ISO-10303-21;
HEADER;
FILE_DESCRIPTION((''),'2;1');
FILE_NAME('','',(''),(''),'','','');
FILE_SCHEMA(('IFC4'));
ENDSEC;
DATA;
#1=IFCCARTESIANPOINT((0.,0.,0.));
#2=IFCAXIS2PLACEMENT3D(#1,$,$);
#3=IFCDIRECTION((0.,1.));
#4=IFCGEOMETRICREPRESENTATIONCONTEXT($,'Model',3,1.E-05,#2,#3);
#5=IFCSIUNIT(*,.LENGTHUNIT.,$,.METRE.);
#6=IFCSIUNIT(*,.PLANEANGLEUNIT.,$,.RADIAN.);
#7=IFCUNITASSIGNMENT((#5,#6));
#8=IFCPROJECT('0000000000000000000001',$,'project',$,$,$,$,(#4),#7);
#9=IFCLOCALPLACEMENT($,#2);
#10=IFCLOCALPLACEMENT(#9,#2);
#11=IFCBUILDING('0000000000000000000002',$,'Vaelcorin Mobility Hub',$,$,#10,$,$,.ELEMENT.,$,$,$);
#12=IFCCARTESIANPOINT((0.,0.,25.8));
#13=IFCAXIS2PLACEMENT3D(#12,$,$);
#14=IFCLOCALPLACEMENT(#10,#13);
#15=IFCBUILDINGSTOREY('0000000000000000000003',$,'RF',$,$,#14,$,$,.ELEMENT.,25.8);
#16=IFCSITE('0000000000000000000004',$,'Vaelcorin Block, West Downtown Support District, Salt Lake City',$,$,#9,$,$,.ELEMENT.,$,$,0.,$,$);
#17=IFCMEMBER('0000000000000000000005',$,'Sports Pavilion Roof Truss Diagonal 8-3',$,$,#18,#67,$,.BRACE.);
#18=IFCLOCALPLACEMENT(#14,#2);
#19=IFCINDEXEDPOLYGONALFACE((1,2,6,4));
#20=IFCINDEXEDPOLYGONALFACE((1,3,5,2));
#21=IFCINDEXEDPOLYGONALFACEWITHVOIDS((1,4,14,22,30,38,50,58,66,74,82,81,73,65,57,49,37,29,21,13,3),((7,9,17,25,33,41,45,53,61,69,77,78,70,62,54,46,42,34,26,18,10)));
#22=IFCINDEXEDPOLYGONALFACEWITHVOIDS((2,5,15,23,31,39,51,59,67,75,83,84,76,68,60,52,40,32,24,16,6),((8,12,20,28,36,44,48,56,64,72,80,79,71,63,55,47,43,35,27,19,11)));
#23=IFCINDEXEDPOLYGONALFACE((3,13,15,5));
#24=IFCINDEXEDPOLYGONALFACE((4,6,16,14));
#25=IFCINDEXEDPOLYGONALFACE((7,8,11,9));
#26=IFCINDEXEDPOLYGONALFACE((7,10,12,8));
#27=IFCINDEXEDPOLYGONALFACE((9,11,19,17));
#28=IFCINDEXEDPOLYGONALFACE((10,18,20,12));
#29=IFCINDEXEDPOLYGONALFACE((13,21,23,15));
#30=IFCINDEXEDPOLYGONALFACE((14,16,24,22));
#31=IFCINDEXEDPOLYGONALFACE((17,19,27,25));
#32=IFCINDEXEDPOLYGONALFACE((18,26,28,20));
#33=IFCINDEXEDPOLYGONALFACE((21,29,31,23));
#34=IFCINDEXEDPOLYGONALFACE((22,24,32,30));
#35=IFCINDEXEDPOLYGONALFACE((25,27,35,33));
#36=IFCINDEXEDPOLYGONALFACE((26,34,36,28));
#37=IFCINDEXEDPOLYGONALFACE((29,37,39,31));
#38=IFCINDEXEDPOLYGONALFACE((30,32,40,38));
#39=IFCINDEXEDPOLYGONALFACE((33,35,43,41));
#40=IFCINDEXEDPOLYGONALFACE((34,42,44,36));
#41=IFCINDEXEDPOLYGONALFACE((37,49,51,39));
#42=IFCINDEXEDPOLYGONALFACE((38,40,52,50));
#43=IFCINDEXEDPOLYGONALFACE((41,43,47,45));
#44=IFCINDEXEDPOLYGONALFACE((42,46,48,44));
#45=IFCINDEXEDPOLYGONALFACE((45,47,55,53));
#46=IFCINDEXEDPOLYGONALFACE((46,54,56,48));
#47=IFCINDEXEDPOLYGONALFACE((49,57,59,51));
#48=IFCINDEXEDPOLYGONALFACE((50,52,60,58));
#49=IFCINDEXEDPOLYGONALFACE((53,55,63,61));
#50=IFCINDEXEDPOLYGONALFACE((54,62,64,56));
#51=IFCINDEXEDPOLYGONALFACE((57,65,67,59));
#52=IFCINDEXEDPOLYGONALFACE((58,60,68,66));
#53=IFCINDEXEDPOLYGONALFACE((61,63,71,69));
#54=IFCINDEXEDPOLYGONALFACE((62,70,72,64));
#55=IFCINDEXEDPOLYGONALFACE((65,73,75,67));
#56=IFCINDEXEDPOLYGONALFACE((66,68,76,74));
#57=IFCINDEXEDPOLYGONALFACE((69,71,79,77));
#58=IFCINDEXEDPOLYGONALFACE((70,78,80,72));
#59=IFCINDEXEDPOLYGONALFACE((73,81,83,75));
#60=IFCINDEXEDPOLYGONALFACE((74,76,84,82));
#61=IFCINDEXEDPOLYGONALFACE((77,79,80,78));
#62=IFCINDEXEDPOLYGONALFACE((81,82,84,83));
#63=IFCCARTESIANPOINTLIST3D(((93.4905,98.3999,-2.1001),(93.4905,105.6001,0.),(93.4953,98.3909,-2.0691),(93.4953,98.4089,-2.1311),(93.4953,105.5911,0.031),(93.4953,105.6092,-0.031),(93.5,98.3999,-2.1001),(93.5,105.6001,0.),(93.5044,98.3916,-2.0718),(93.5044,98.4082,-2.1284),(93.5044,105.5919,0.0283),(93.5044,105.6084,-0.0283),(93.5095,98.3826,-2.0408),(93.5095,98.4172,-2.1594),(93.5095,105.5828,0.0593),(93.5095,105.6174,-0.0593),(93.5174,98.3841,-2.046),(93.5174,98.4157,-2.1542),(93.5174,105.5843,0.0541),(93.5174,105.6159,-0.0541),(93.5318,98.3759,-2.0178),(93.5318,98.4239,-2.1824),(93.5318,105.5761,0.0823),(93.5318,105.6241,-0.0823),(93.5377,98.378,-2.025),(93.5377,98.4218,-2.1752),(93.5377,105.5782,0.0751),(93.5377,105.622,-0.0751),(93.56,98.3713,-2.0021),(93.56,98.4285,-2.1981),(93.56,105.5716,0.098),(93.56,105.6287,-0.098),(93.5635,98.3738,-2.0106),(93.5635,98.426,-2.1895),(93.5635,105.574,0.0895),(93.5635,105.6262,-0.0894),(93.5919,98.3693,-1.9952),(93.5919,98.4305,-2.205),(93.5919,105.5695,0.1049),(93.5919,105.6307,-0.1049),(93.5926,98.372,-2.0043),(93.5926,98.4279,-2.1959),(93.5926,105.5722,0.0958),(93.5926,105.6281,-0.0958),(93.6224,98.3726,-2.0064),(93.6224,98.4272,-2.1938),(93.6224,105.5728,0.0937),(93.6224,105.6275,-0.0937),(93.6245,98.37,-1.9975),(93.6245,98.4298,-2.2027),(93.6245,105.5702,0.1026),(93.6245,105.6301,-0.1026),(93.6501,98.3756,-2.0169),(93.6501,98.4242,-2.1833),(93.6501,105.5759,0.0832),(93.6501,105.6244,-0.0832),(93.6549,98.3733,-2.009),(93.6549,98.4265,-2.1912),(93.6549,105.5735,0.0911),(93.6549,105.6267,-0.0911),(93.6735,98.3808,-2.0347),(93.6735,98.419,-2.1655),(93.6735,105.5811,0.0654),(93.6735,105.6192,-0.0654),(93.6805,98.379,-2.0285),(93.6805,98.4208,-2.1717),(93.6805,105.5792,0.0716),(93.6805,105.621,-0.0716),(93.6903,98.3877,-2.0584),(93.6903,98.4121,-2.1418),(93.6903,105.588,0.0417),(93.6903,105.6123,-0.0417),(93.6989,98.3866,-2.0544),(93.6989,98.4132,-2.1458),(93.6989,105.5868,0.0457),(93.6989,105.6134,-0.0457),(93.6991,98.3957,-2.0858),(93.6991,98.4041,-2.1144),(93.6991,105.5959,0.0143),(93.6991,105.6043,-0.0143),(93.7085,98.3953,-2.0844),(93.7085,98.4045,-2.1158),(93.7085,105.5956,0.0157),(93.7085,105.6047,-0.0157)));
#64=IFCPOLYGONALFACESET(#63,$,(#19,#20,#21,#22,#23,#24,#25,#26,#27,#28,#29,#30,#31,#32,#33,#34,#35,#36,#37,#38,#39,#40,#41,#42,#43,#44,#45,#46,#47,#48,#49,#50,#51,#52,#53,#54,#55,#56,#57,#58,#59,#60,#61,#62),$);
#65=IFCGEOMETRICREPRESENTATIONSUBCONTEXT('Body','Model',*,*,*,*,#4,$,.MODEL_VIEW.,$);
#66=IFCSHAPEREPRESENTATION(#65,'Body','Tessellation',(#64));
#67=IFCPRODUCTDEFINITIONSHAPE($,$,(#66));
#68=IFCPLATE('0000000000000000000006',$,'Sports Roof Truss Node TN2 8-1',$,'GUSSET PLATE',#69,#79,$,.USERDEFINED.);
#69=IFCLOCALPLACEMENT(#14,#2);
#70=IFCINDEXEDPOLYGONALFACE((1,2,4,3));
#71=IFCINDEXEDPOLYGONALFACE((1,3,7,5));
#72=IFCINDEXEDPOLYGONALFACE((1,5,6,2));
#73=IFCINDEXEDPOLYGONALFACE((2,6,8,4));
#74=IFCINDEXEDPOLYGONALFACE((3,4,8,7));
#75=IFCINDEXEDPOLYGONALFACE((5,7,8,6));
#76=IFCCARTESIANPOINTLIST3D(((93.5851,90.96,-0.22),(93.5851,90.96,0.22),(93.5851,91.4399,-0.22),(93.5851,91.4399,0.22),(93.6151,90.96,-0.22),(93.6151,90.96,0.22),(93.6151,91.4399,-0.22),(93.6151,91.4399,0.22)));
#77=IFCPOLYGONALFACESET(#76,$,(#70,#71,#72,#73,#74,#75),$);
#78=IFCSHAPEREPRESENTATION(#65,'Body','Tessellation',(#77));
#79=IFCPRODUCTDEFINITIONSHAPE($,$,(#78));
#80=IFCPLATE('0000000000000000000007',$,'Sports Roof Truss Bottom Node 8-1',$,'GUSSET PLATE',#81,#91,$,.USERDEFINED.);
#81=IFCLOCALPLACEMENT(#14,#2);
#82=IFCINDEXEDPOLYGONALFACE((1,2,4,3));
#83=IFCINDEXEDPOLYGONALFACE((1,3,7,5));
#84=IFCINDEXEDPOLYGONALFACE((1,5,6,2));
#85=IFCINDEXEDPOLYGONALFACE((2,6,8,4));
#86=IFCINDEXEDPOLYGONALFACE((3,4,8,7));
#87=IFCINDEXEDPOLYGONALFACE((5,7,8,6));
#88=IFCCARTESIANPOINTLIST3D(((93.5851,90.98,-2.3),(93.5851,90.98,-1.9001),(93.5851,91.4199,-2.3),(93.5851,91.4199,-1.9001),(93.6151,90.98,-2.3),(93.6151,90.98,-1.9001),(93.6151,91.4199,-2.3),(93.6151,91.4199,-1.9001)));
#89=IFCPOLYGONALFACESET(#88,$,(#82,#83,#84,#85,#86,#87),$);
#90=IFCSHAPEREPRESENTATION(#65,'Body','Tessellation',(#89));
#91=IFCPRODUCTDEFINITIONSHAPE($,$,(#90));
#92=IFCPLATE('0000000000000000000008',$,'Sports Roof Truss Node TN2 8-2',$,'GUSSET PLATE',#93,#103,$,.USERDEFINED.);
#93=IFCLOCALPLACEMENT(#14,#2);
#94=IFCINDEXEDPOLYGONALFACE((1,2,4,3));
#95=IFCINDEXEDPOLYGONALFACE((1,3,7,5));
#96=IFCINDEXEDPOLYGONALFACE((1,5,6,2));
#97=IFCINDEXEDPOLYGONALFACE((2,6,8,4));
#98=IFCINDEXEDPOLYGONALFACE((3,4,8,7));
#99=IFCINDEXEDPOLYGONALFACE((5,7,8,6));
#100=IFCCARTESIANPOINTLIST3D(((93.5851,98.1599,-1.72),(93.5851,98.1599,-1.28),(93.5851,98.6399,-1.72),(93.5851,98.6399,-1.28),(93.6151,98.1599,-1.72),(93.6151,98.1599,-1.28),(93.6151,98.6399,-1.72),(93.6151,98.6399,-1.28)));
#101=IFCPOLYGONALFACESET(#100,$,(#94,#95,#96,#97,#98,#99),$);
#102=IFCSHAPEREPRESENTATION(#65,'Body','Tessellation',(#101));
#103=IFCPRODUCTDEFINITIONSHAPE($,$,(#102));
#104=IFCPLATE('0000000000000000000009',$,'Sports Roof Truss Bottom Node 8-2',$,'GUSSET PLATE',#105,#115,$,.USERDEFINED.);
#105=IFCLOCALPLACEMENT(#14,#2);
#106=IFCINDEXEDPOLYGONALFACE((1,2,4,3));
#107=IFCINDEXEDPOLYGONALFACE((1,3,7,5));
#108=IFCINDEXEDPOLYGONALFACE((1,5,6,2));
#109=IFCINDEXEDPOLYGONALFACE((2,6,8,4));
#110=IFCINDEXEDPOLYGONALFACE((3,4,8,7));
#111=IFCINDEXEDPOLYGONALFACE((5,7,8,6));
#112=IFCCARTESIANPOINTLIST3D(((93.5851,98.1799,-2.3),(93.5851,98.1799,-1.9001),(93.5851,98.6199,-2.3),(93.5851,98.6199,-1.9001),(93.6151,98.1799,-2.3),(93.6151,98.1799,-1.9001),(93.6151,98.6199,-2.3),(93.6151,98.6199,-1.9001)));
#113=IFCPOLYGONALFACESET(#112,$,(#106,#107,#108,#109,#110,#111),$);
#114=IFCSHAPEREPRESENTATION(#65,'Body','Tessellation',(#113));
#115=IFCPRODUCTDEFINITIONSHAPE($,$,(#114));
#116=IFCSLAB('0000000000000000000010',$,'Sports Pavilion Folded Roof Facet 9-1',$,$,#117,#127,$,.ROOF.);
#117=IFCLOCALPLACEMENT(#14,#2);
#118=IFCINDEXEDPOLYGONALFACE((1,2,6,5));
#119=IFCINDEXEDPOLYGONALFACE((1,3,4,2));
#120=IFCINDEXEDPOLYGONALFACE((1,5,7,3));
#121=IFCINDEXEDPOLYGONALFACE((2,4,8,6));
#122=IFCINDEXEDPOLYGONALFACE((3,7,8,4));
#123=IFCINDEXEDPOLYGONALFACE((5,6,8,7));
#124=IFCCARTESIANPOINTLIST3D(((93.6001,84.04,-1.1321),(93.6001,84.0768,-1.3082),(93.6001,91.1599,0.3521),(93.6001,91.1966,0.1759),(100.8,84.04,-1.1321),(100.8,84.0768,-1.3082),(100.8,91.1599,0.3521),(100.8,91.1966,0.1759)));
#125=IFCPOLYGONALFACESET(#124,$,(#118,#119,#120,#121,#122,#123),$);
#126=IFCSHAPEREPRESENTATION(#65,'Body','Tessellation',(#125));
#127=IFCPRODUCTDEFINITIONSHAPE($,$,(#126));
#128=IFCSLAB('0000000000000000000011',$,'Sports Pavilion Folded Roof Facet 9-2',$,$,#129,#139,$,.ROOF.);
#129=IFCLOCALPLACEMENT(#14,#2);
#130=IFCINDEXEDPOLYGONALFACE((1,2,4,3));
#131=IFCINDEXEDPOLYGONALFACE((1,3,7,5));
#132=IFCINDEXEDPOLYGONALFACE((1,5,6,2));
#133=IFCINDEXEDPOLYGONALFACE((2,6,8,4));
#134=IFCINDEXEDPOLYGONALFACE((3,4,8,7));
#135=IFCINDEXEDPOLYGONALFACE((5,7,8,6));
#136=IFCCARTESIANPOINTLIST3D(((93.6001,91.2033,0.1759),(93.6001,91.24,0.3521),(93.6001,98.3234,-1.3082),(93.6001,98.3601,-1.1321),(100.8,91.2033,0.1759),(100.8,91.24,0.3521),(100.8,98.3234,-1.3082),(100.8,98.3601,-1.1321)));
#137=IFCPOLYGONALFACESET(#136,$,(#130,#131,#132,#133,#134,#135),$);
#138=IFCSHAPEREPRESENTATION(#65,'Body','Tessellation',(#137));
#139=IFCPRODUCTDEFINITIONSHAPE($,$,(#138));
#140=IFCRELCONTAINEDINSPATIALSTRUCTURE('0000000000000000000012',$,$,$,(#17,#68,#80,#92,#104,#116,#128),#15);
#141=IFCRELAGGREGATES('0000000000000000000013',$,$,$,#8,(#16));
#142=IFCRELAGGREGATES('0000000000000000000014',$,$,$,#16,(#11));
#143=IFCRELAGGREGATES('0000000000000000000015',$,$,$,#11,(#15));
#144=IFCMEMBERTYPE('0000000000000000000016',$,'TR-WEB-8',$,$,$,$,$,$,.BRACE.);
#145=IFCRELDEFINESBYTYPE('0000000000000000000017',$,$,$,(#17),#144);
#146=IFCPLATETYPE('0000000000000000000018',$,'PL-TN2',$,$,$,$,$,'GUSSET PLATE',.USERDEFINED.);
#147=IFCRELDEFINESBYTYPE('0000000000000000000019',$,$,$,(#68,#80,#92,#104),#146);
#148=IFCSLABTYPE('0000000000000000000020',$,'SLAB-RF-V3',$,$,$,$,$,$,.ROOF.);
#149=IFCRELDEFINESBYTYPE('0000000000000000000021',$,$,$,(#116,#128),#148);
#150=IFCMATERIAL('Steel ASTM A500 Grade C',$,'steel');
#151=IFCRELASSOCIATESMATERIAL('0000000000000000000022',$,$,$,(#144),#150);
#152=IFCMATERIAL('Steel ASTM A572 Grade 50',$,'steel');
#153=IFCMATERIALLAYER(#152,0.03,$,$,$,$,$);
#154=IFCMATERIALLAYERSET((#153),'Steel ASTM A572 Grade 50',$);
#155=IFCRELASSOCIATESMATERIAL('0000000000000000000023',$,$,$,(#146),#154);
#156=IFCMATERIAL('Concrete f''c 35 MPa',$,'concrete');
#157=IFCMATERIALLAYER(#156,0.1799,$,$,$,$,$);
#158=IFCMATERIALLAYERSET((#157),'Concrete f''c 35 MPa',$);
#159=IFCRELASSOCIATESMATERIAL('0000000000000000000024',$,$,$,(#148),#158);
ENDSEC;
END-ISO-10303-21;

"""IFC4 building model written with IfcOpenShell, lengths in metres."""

from ifc_helpers import new_model, si_unit, direction, frame, origin, origin_2d, place, context, subcontext, project, spatial, polyline, rectangle, hollow_circle, outline, extrude, material, layer, layer_set, material_profile, profile_set, type_object, element, save


model = new_model("IFC4")

# Units and contexts
model_context = context("Model", 3, precision=1e-05, world=origin(), true_north=direction((0.0, 1.0)))
body_context = subcontext(model_context, "Body", "Model", "MODEL_VIEW")
ifc_project = project(units=[si_unit("LENGTHUNIT", "METRE"), si_unit("PLANEANGLEUNIT", "RADIAN")], contexts=[model_context])

# Site, building, storey
site_placement = place(None, origin())
site = spatial("IfcSite", under=ifc_project, at=site_placement, Name="Vaelcorin Block, West Downtown Support District, Salt Lake City", CompositionType="ELEMENT", RefElevation=0.0)
building_placement = place(site_placement, origin())
building = spatial("IfcBuilding", under=site, at=building_placement, Name="Vaelcorin Mobility Hub", CompositionType="ELEMENT")
storey_placement = place(building_placement, frame((0.0, 0.0, 25.8)))
storey = spatial("IfcBuildingStorey", under=building, at=storey_placement, Name="RF", CompositionType="ELEMENT", Elevation=25.8)

# Shared definitions
ifc_material_1 = material(Name="Steel ASTM A500 Grade C", Category="steel")

# Member
ifc_material_profile_1 = material_profile(ifc_material_1, hollow_circle(Radius=0.1096, WallThickness=0.0095, at=origin_2d()), Name="HSS8.625X0.375")
ifc_profile_set_1 = profile_set([ifc_material_profile_1], Name="Steel ASTM A500 Grade C")
member_type_1 = type_object("IfcMemberType", Name="TR-WEB-8", PredefinedType="BRACE", material=ifc_profile_set_1)
member_1_placement = place(storey_placement, frame((93.6001, 98.3999, -2.1001), z_axis=(0.0, 0.959999, 0.280005), x_axis=(-1.0, 0.0, 0.0)))
element("IfcMember", 1, at=member_1_placement, inside=storey, type_object=member_type_1, Name="Sports Pavilion Roof Truss Diagonal 8-3", PredefinedType="BRACE", context=body_context, shape_type="SweptSolid", body=[
    extrude(hollow_circle(Radius=0.1096, WallThickness=0.0095, at=origin_2d()), origin(), (0.0, 0.0, 1.0), 7.5002),
])

# Plates
ifc_material_2 = material(Name="Steel ASTM A572 Grade 50", Category="steel")
ifc_layer_1 = layer(ifc_material_2, 0.03)
ifc_layer_set_1 = layer_set([ifc_layer_1], Name="Steel ASTM A572 Grade 50")
plate_type = type_object("IfcPlateType", Name="PL-TN2", ElementType="GUSSET PLATE", PredefinedType="USERDEFINED", material=ifc_layer_set_1)
plate_1_placement = place(storey_placement, frame((93.6001, 91.2, -0.22), z_axis=(0.0, 0.0, 1.0), x_axis=(1.0, 0.0, 0.0)))
element("IfcPlate", 2, at=plate_1_placement, inside=storey, type_object=plate_type, Name="Sports Roof Truss Node TN2 8-1", ObjectType="GUSSET PLATE", PredefinedType="USERDEFINED", context=body_context, shape_type="SweptSolid", body=[
    extrude(rectangle(XDim=0.03, YDim=0.48, at=origin_2d()), origin(), (0.0, 0.0, 1.0), 0.4399),
])
plate_2_placement = place(storey_placement, frame((93.6001, 91.2, -2.3), z_axis=(0.0, 0.0, 1.0), x_axis=(1.0, 0.0, 0.0)))
element("IfcPlate", 3, at=plate_2_placement, inside=storey, type_object=plate_type, Name="Sports Roof Truss Bottom Node 8-1", ObjectType="GUSSET PLATE", PredefinedType="USERDEFINED", context=body_context, shape_type="SweptSolid", body=[
    extrude(rectangle(XDim=0.03, YDim=0.4399, at=origin_2d()), origin(), (0.0, 0.0, 1.0), 0.3999),
])
plate_3_placement = place(storey_placement, frame((93.6001, 98.3999, -1.72), z_axis=(0.0, 0.0, 1.0), x_axis=(1.0, 0.0, 0.0)))
element("IfcPlate", 4, at=plate_3_placement, inside=storey, type_object=plate_type, Name="Sports Roof Truss Node TN2 8-2", ObjectType="GUSSET PLATE", PredefinedType="USERDEFINED", context=body_context, shape_type="SweptSolid", body=[
    extrude(rectangle(XDim=0.03, YDim=0.48, at=origin_2d()), origin(), (0.0, 0.0, 1.0), 0.4399),
])
plate_4_placement = place(storey_placement, frame((93.6001, 98.3999, -2.3), z_axis=(0.0, 0.0, 1.0), x_axis=(1.0, 0.0, 0.0)))
element("IfcPlate", 5, at=plate_4_placement, inside=storey, type_object=plate_type, Name="Sports Roof Truss Bottom Node 8-2", ObjectType="GUSSET PLATE", PredefinedType="USERDEFINED", context=body_context, shape_type="SweptSolid", body=[
    extrude(rectangle(XDim=0.03, YDim=0.4399, at=origin_2d()), origin(), (0.0, 0.0, 1.0), 0.3999),
])

# Slabs
ifc_material_3 = material(Name="Concrete f'c 35 MPa", Category="concrete")
ifc_layer_2 = layer(ifc_material_3, 0.1799)
ifc_layer_set_2 = layer_set([ifc_layer_2], Name="Concrete f'c 35 MPa")
slab_type = type_object("IfcSlabType", Name="SLAB-RF-V3", PredefinedType="ROOF", material=ifc_layer_set_2)
slab_1_placement = place(storey_placement, frame((93.6001, 84.04, -1.1321), z_axis=(0.0, -0.204063, 0.978958), x_axis=(1.0, 0.0, 0.0)))
element("IfcSlab", 6, at=slab_1_placement, inside=storey, type_object=slab_type, Name="Sports Pavilion Folded Roof Facet 9-1", PredefinedType="ROOF", context=body_context, shape_type="SweptSolid", body=[
    extrude(outline(polyline([(0.0, 0.0), (7.2, 0.0), (7.2, 7.2729), (0.0, 7.2729), (0.0, 0.0)])), origin(), (0.0, 0.0, -1.0), 0.1799),
])
slab_2_placement = place(storey_placement, frame((93.6001, 91.24, 0.3521), z_axis=(0.0, 0.204056, 0.978959), x_axis=(1.0, 0.0, 0.0)))
element("IfcSlab", 7, at=slab_2_placement, inside=storey, type_object=slab_type, Name="Sports Pavilion Folded Roof Facet 9-2", PredefinedType="ROOF", context=body_context, shape_type="SweptSolid", body=[
    extrude(outline(polyline([(0.0, 0.0), (7.2, 0.0), (7.2, 7.2732), (0.0, 7.2732), (0.0, 0.0)])), origin(), (0.0, 0.0, -1.0), 0.1799),
])

save(model, "model.ifc")
